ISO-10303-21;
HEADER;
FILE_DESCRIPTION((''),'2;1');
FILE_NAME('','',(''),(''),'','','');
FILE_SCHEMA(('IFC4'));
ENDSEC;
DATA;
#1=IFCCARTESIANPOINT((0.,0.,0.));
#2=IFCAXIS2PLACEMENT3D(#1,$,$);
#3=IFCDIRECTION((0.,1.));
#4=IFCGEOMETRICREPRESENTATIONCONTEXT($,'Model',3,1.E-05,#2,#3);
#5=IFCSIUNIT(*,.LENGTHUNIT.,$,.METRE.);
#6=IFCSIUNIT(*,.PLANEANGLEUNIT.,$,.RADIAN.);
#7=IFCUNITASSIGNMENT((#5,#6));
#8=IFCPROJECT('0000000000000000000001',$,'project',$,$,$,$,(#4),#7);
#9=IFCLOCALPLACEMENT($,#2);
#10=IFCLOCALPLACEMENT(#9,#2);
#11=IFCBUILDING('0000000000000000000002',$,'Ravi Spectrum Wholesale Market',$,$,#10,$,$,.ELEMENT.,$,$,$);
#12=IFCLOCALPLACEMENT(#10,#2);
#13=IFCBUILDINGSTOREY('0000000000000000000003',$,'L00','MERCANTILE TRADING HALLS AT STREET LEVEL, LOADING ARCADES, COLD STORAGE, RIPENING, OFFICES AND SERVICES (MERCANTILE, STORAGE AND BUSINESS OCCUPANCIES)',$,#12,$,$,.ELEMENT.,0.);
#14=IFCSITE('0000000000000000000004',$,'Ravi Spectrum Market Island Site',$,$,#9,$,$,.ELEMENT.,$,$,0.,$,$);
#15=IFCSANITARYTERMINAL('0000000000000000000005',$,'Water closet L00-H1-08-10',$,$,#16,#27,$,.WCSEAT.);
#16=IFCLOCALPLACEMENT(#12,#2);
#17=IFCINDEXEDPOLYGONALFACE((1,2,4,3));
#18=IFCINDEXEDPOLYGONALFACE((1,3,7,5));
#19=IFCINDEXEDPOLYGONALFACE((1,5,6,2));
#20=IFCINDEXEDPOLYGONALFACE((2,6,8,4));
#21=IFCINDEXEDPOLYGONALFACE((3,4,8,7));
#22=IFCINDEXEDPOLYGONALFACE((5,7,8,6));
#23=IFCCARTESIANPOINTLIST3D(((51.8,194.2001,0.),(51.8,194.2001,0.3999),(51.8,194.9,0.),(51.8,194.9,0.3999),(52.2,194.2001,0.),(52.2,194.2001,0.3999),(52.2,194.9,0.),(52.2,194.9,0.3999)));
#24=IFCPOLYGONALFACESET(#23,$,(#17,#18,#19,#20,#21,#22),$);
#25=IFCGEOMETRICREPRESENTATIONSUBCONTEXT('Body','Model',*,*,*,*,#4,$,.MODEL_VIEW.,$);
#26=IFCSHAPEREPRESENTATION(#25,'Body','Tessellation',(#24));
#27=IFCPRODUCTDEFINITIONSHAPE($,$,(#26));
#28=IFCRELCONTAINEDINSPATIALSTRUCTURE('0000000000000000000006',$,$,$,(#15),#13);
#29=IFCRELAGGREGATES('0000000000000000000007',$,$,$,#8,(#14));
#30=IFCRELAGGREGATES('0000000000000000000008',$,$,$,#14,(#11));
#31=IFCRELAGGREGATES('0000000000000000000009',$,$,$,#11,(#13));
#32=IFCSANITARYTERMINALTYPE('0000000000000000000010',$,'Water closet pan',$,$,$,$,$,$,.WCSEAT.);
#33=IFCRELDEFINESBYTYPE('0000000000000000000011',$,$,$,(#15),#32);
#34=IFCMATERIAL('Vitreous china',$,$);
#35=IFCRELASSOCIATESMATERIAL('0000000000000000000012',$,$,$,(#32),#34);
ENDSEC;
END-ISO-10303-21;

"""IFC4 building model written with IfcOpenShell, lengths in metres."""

from ifc_helpers import new_model, si_unit, direction, frame, origin, origin_2d, place, context, subcontext, project, spatial, rectangle, extrude, material, type_object, element, save


model = new_model("IFC4")

# Units and contexts
model_context = context("Model", 3, precision=1e-05, world=origin(), true_north=direction((0.0, 1.0)))
body_context = subcontext(model_context, "Body", "Model", "MODEL_VIEW")
ifc_project = project(units=[si_unit("LENGTHUNIT", "METRE"), si_unit("PLANEANGLEUNIT", "RADIAN")], contexts=[model_context])

# Site, building, storey
site_placement = place(None, origin())
site = spatial("IfcSite", under=ifc_project, at=site_placement, Name="Ravi Spectrum Market Island Site", CompositionType="ELEMENT", RefElevation=0.0)
building_placement = place(site_placement, origin())
building = spatial("IfcBuilding", under=site, at=building_placement, Name="Ravi Spectrum Wholesale Market", CompositionType="ELEMENT")
storey_placement = place(building_placement, origin())
storey = spatial("IfcBuildingStorey", under=building, at=storey_placement, Name="L00", Description="MERCANTILE TRADING HALLS AT STREET LEVEL, LOADING ARCADES, COLD STORAGE, RIPENING, OFFICES AND SERVICES (MERCANTILE, STORAGE AND BUSINESS OCCUPANCIES)", CompositionType="ELEMENT", Elevation=0.0)

# Sanitary terminal
ifc_material_1 = material(Name="Vitreous china")
sanitary_terminal_type = type_object("IfcSanitaryTerminalType", Name="Water closet pan", PredefinedType="WCSEAT", material=ifc_material_1)
for number, where, z_axis, x_axis, name in (
    (1, (52.0, 194.55, 0.0), (0.0, 0.0, 1.0), (1.0, 0.0, 0.0), "Water closet L00-H1-08-10"),
):
    element("IfcSanitaryTerminal", number, at=place(storey_placement, frame(where, z_axis=z_axis, x_axis=x_axis)), inside=storey, type_object=sanitary_terminal_type, Name=name, PredefinedType="WCSEAT", context=body_context, shape_type="SweptSolid", body=[
        extrude(rectangle(XDim=0.3999, YDim=0.7, at=origin_2d()), origin(), (0.0, 0.0, 1.0), 0.3999),
    ])

save(model, "model.ifc")
